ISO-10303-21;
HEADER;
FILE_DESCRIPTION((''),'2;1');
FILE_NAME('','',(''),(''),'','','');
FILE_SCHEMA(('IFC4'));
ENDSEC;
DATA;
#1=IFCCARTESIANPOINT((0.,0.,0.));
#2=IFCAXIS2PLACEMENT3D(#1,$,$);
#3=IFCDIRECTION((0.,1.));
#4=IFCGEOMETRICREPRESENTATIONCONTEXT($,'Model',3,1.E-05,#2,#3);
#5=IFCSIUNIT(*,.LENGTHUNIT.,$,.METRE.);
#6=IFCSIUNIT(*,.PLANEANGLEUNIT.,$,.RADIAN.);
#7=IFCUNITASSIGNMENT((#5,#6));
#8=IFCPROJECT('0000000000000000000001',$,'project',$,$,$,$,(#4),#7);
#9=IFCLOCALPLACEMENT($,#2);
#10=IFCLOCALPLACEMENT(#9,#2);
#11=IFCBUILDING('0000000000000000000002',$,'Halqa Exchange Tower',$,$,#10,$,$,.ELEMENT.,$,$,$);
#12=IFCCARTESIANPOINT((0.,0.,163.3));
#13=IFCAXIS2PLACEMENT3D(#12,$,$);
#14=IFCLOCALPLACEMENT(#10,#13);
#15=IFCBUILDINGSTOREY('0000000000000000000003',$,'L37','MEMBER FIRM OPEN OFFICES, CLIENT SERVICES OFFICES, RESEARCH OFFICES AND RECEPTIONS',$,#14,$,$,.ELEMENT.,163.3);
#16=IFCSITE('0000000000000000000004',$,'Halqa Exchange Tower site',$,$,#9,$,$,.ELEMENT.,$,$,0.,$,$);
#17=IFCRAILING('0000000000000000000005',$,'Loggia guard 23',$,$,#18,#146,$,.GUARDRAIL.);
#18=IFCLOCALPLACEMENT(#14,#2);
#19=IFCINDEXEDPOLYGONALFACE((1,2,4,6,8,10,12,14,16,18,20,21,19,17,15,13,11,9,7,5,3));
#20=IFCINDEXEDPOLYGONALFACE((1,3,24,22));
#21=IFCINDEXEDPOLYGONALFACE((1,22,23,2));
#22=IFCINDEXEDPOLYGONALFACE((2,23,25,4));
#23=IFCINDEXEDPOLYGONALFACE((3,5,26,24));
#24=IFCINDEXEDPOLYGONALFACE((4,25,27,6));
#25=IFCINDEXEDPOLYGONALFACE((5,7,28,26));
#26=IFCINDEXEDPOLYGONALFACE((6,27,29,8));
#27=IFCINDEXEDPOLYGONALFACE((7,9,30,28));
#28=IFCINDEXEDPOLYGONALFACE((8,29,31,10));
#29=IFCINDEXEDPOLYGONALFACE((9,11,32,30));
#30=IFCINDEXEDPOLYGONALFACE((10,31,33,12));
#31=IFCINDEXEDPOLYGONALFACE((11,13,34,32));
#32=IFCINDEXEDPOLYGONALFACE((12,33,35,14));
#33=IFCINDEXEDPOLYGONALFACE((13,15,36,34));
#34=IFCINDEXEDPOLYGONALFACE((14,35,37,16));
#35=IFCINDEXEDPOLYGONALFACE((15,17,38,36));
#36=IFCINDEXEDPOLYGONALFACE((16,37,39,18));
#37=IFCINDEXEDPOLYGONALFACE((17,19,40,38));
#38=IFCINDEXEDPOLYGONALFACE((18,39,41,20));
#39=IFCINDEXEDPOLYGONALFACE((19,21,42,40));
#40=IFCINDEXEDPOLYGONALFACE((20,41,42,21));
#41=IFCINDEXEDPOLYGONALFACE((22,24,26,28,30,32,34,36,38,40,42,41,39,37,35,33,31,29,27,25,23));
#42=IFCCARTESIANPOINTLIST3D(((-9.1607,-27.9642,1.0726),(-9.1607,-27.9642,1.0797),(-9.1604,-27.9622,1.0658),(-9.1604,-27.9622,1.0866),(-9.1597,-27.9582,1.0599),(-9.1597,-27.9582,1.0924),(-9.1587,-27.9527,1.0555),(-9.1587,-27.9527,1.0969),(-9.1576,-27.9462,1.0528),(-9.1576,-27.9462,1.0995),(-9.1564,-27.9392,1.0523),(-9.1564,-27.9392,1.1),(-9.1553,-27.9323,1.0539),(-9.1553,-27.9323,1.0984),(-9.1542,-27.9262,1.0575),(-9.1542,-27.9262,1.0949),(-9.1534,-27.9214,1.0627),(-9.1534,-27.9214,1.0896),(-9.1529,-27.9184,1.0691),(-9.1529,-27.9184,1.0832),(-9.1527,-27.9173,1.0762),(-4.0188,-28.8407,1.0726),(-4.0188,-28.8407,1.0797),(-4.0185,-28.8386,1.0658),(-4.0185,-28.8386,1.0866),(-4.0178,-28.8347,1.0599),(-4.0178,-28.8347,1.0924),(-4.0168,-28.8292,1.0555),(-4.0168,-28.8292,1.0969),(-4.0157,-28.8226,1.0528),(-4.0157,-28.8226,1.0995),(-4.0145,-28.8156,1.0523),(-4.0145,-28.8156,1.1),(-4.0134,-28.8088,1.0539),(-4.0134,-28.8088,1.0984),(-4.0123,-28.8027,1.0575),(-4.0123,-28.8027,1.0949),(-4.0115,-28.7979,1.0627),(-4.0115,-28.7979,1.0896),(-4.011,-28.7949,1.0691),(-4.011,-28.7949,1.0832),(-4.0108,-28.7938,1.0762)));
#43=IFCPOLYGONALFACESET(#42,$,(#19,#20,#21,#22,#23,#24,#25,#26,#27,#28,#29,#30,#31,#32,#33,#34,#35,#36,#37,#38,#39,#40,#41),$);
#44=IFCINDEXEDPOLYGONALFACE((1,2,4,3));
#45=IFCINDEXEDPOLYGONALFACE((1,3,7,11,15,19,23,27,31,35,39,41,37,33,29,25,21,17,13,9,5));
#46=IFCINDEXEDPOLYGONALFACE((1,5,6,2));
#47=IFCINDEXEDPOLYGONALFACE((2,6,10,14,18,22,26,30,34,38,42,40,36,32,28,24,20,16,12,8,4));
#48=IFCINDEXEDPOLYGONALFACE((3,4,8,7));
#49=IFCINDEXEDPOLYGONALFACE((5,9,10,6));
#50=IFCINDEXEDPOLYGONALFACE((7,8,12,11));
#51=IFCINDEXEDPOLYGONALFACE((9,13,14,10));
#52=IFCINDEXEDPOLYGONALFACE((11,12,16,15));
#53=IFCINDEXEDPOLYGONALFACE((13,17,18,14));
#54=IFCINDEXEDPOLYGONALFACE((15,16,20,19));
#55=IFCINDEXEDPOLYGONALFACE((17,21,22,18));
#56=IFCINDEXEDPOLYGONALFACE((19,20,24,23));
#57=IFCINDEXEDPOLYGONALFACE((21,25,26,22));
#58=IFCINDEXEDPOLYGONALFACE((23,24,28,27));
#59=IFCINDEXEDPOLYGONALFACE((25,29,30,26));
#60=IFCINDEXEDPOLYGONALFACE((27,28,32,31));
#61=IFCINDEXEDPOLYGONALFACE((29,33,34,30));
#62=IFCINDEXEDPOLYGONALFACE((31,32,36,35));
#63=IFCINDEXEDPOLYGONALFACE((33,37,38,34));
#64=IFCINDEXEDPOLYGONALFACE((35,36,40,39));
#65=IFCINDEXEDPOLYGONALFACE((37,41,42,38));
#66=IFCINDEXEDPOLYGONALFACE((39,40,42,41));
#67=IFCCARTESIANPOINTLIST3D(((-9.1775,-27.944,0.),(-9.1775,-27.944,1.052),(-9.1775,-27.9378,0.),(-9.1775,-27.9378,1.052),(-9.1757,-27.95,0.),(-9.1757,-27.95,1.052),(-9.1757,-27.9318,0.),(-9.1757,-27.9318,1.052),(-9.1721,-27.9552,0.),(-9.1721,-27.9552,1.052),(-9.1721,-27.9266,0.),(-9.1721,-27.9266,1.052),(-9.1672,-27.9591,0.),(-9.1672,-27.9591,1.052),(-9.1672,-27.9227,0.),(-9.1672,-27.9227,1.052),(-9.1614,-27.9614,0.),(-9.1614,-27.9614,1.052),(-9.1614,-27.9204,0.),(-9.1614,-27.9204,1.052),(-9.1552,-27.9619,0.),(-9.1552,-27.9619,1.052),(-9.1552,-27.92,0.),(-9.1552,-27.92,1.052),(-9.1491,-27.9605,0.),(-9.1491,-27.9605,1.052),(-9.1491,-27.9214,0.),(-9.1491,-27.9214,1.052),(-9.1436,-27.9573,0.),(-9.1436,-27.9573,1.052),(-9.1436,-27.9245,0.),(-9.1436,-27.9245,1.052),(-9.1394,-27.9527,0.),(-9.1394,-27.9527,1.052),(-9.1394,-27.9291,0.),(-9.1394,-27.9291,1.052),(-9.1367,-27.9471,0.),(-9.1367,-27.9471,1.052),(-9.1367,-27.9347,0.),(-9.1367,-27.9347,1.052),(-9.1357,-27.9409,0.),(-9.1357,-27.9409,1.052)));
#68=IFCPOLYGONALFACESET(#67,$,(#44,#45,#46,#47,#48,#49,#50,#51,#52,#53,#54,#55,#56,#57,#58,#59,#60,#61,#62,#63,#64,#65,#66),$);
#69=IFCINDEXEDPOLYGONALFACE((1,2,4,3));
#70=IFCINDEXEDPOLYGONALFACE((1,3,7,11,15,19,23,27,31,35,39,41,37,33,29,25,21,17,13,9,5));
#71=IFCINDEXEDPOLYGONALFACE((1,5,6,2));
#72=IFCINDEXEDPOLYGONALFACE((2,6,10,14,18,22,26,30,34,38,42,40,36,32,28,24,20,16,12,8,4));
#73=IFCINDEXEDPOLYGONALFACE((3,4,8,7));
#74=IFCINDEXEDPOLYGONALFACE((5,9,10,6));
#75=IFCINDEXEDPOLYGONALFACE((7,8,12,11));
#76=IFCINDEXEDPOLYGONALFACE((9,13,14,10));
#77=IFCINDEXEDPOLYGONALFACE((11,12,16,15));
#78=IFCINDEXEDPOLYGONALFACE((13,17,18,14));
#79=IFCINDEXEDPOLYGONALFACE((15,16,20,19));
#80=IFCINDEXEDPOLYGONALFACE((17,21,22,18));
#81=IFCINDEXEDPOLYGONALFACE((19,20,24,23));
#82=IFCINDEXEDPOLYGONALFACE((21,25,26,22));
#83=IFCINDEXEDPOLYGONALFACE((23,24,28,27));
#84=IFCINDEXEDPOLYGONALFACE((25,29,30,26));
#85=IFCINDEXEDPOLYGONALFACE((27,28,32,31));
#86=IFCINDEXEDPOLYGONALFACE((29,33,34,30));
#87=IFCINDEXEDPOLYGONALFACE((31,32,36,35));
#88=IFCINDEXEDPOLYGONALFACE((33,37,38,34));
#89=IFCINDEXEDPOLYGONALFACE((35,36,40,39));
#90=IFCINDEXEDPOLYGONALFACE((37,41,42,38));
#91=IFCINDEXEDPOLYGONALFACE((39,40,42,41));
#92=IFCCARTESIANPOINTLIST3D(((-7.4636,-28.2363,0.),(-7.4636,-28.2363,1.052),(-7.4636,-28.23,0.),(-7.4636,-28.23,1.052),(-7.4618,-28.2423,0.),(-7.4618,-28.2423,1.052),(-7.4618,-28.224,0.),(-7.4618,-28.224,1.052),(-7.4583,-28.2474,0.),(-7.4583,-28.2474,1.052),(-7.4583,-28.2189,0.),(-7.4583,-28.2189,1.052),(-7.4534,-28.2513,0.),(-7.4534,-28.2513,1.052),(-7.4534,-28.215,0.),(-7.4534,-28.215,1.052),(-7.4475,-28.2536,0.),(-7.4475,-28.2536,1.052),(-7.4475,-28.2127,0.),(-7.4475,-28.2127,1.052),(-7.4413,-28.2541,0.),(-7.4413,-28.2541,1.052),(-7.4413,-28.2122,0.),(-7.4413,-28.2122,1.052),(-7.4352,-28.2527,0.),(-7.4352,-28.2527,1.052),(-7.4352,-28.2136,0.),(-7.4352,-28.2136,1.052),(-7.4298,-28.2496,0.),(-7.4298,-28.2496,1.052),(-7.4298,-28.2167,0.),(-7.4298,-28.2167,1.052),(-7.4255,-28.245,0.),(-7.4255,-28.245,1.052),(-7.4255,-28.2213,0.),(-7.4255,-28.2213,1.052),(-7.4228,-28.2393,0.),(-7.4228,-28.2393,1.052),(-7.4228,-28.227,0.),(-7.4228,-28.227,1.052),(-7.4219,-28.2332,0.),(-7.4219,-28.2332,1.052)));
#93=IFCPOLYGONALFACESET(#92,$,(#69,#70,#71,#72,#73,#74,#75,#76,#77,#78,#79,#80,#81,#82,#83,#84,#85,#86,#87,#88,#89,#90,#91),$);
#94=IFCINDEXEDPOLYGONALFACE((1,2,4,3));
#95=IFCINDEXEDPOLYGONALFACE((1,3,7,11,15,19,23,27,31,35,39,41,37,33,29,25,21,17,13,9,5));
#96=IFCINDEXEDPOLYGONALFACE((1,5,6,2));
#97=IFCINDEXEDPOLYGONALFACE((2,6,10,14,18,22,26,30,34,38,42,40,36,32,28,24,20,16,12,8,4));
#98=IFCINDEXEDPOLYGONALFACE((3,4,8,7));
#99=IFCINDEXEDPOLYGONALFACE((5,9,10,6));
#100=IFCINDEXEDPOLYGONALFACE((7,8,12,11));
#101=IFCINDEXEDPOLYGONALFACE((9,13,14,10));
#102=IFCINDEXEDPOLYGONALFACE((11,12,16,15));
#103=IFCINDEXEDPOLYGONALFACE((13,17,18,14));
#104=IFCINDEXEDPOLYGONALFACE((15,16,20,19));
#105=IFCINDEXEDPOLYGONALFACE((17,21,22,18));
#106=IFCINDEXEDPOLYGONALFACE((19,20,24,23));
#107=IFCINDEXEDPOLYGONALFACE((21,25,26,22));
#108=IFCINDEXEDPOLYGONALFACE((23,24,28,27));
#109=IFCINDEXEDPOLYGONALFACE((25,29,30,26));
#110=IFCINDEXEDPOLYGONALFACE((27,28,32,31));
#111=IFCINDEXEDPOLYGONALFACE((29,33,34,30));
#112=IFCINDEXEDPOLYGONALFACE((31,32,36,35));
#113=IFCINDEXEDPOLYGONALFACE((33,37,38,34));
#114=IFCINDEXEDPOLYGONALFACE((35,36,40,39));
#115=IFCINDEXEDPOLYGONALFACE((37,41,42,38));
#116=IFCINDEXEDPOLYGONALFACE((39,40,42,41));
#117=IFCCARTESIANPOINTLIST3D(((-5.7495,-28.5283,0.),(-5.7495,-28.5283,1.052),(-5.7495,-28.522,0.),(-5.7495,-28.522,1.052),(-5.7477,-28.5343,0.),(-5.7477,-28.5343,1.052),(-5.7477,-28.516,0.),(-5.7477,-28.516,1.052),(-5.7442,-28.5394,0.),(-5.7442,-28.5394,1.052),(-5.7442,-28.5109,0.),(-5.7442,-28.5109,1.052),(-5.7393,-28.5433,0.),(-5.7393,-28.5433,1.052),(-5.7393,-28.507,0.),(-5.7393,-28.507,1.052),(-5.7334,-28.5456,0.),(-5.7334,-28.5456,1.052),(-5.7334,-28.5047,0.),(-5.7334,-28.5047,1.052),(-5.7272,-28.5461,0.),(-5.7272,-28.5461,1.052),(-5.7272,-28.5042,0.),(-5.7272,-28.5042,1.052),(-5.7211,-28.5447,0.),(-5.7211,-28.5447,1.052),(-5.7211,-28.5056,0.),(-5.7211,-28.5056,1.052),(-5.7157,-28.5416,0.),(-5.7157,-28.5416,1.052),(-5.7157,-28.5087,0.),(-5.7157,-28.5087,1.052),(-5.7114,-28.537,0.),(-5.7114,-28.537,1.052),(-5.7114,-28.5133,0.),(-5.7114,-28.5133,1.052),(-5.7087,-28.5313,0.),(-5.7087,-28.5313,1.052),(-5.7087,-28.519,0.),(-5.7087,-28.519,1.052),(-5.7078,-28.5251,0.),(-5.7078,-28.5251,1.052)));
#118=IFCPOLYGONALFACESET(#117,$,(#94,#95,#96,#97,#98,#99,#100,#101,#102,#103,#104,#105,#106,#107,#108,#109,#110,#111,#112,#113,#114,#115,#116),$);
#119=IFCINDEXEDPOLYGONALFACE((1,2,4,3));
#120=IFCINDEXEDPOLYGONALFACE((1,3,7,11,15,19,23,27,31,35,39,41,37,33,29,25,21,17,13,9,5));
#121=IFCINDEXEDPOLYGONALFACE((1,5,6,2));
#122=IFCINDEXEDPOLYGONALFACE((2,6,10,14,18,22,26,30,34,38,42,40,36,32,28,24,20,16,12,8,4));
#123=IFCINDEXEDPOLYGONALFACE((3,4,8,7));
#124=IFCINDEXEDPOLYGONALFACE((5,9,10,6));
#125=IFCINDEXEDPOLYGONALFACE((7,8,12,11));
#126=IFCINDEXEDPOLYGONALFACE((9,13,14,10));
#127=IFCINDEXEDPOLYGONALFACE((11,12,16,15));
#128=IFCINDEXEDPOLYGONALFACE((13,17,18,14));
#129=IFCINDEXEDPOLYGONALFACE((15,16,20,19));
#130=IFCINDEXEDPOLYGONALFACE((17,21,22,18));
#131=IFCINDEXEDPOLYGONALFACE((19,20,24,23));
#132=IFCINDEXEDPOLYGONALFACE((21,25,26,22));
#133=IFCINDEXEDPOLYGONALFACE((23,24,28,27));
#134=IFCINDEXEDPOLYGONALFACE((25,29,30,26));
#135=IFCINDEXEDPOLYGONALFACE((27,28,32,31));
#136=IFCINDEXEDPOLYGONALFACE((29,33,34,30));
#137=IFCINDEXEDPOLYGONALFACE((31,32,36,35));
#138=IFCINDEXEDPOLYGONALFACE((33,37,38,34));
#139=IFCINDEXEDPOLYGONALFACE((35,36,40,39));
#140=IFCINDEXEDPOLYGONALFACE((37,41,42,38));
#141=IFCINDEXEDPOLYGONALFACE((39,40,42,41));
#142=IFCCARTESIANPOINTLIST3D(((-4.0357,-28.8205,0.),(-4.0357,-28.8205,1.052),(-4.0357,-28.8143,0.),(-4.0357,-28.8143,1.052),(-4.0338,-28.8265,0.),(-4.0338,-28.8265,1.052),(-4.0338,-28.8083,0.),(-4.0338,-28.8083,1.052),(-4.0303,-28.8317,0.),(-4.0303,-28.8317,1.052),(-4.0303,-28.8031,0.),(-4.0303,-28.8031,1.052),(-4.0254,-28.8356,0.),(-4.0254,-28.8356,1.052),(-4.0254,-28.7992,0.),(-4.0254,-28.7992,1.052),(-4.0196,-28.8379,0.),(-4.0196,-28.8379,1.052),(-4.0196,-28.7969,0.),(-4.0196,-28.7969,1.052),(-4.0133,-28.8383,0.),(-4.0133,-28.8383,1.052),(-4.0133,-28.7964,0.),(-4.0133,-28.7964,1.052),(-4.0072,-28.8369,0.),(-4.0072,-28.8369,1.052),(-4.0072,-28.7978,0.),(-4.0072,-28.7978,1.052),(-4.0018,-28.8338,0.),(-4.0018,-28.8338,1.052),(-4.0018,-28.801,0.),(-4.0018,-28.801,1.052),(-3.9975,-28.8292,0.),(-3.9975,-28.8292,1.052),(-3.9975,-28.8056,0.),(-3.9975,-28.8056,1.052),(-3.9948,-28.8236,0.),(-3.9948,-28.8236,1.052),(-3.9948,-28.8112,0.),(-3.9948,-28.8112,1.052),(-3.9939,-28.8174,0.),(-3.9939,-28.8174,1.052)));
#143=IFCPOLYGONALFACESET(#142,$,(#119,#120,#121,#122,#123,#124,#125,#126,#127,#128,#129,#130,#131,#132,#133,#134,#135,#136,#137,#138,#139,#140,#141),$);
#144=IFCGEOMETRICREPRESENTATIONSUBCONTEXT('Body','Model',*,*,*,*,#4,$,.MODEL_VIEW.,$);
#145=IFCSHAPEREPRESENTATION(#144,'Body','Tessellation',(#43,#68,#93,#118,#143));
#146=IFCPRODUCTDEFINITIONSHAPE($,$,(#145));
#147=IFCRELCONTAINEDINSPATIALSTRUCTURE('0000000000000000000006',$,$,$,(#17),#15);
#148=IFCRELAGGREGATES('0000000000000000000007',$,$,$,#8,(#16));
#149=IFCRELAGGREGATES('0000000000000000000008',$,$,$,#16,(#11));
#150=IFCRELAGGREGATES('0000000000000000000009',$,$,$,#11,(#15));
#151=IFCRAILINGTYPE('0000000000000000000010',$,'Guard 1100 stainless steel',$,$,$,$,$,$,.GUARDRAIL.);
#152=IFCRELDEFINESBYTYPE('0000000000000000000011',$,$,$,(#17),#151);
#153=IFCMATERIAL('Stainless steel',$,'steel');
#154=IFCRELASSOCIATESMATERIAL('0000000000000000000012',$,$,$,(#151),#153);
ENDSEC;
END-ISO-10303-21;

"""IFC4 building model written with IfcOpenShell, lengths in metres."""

from ifc_helpers import new_model, si_unit, direction, frame, origin, origin_2d, place, context, subcontext, project, spatial, circle, extrude, material, type_object, element, save


model = new_model("IFC4")

# Units and contexts
model_context = context("Model", 3, precision=1e-05, world=origin(), true_north=direction((0.0, 1.0)))
body_context = subcontext(model_context, "Body", "Model", "MODEL_VIEW")
ifc_project = project(units=[si_unit("LENGTHUNIT", "METRE"), si_unit("PLANEANGLEUNIT", "RADIAN")], contexts=[model_context])

# Site, building, storey
site_placement = place(None, origin())
site = spatial("IfcSite", under=ifc_project, at=site_placement, Name="Halqa Exchange Tower site", CompositionType="ELEMENT", RefElevation=0.0)
building_placement = place(site_placement, origin())
building = spatial("IfcBuilding", under=site, at=building_placement, Name="Halqa Exchange Tower", CompositionType="ELEMENT")
storey_placement = place(building_placement, frame((0.0, 0.0, 163.3)))
storey = spatial("IfcBuildingStorey", under=building, at=storey_placement, Name="L37", Description="MEMBER FIRM OPEN OFFICES, CLIENT SERVICES OFFICES, RESEARCH OFFICES AND RECEPTIONS", CompositionType="ELEMENT", Elevation=163.3)

# Railing
ifc_material_1 = material(Name="Stainless steel", Category="steel")
railing_type = type_object("IfcRailingType", Name="Guard 1100 stainless steel", PredefinedType="GUARDRAIL", material=ifc_material_1)
railing_1_placement = place(storey_placement, frame((-9.1567, -27.9409, 0.0)))
element("IfcRailing", 1, at=railing_1_placement, inside=storey, type_object=railing_type, Name="Loggia guard 23", PredefinedType="GUARDRAIL", context=body_context, shape_type="SweptSolid", body=[
    extrude(circle(Radius=0.0239, at=origin_2d()), frame((0.0, 0.0, 1.0762), z_axis=(0.985781, -0.168034, 0.0), x_axis=(0.168034, 0.985781, 0.0)), (0.0, 0.0, 1.0), 5.2161),
    extrude(circle(Radius=0.021, at=origin_2d()), origin(), (0.0, 0.0, 1.0), 1.052),
    extrude(circle(Radius=0.021, at=origin_2d()), frame((1.7139, -0.2922, 0.0)), (0.0, 0.0, 1.0), 1.052),
    extrude(circle(Radius=0.021, at=origin_2d()), frame((3.428, -0.5842, 0.0)), (0.0, 0.0, 1.0), 1.052),
    extrude(circle(Radius=0.021, at=origin_2d()), frame((5.1418, -0.8765, 0.0)), (0.0, 0.0, 1.0), 1.052),
])

save(model, "model.ifc")
